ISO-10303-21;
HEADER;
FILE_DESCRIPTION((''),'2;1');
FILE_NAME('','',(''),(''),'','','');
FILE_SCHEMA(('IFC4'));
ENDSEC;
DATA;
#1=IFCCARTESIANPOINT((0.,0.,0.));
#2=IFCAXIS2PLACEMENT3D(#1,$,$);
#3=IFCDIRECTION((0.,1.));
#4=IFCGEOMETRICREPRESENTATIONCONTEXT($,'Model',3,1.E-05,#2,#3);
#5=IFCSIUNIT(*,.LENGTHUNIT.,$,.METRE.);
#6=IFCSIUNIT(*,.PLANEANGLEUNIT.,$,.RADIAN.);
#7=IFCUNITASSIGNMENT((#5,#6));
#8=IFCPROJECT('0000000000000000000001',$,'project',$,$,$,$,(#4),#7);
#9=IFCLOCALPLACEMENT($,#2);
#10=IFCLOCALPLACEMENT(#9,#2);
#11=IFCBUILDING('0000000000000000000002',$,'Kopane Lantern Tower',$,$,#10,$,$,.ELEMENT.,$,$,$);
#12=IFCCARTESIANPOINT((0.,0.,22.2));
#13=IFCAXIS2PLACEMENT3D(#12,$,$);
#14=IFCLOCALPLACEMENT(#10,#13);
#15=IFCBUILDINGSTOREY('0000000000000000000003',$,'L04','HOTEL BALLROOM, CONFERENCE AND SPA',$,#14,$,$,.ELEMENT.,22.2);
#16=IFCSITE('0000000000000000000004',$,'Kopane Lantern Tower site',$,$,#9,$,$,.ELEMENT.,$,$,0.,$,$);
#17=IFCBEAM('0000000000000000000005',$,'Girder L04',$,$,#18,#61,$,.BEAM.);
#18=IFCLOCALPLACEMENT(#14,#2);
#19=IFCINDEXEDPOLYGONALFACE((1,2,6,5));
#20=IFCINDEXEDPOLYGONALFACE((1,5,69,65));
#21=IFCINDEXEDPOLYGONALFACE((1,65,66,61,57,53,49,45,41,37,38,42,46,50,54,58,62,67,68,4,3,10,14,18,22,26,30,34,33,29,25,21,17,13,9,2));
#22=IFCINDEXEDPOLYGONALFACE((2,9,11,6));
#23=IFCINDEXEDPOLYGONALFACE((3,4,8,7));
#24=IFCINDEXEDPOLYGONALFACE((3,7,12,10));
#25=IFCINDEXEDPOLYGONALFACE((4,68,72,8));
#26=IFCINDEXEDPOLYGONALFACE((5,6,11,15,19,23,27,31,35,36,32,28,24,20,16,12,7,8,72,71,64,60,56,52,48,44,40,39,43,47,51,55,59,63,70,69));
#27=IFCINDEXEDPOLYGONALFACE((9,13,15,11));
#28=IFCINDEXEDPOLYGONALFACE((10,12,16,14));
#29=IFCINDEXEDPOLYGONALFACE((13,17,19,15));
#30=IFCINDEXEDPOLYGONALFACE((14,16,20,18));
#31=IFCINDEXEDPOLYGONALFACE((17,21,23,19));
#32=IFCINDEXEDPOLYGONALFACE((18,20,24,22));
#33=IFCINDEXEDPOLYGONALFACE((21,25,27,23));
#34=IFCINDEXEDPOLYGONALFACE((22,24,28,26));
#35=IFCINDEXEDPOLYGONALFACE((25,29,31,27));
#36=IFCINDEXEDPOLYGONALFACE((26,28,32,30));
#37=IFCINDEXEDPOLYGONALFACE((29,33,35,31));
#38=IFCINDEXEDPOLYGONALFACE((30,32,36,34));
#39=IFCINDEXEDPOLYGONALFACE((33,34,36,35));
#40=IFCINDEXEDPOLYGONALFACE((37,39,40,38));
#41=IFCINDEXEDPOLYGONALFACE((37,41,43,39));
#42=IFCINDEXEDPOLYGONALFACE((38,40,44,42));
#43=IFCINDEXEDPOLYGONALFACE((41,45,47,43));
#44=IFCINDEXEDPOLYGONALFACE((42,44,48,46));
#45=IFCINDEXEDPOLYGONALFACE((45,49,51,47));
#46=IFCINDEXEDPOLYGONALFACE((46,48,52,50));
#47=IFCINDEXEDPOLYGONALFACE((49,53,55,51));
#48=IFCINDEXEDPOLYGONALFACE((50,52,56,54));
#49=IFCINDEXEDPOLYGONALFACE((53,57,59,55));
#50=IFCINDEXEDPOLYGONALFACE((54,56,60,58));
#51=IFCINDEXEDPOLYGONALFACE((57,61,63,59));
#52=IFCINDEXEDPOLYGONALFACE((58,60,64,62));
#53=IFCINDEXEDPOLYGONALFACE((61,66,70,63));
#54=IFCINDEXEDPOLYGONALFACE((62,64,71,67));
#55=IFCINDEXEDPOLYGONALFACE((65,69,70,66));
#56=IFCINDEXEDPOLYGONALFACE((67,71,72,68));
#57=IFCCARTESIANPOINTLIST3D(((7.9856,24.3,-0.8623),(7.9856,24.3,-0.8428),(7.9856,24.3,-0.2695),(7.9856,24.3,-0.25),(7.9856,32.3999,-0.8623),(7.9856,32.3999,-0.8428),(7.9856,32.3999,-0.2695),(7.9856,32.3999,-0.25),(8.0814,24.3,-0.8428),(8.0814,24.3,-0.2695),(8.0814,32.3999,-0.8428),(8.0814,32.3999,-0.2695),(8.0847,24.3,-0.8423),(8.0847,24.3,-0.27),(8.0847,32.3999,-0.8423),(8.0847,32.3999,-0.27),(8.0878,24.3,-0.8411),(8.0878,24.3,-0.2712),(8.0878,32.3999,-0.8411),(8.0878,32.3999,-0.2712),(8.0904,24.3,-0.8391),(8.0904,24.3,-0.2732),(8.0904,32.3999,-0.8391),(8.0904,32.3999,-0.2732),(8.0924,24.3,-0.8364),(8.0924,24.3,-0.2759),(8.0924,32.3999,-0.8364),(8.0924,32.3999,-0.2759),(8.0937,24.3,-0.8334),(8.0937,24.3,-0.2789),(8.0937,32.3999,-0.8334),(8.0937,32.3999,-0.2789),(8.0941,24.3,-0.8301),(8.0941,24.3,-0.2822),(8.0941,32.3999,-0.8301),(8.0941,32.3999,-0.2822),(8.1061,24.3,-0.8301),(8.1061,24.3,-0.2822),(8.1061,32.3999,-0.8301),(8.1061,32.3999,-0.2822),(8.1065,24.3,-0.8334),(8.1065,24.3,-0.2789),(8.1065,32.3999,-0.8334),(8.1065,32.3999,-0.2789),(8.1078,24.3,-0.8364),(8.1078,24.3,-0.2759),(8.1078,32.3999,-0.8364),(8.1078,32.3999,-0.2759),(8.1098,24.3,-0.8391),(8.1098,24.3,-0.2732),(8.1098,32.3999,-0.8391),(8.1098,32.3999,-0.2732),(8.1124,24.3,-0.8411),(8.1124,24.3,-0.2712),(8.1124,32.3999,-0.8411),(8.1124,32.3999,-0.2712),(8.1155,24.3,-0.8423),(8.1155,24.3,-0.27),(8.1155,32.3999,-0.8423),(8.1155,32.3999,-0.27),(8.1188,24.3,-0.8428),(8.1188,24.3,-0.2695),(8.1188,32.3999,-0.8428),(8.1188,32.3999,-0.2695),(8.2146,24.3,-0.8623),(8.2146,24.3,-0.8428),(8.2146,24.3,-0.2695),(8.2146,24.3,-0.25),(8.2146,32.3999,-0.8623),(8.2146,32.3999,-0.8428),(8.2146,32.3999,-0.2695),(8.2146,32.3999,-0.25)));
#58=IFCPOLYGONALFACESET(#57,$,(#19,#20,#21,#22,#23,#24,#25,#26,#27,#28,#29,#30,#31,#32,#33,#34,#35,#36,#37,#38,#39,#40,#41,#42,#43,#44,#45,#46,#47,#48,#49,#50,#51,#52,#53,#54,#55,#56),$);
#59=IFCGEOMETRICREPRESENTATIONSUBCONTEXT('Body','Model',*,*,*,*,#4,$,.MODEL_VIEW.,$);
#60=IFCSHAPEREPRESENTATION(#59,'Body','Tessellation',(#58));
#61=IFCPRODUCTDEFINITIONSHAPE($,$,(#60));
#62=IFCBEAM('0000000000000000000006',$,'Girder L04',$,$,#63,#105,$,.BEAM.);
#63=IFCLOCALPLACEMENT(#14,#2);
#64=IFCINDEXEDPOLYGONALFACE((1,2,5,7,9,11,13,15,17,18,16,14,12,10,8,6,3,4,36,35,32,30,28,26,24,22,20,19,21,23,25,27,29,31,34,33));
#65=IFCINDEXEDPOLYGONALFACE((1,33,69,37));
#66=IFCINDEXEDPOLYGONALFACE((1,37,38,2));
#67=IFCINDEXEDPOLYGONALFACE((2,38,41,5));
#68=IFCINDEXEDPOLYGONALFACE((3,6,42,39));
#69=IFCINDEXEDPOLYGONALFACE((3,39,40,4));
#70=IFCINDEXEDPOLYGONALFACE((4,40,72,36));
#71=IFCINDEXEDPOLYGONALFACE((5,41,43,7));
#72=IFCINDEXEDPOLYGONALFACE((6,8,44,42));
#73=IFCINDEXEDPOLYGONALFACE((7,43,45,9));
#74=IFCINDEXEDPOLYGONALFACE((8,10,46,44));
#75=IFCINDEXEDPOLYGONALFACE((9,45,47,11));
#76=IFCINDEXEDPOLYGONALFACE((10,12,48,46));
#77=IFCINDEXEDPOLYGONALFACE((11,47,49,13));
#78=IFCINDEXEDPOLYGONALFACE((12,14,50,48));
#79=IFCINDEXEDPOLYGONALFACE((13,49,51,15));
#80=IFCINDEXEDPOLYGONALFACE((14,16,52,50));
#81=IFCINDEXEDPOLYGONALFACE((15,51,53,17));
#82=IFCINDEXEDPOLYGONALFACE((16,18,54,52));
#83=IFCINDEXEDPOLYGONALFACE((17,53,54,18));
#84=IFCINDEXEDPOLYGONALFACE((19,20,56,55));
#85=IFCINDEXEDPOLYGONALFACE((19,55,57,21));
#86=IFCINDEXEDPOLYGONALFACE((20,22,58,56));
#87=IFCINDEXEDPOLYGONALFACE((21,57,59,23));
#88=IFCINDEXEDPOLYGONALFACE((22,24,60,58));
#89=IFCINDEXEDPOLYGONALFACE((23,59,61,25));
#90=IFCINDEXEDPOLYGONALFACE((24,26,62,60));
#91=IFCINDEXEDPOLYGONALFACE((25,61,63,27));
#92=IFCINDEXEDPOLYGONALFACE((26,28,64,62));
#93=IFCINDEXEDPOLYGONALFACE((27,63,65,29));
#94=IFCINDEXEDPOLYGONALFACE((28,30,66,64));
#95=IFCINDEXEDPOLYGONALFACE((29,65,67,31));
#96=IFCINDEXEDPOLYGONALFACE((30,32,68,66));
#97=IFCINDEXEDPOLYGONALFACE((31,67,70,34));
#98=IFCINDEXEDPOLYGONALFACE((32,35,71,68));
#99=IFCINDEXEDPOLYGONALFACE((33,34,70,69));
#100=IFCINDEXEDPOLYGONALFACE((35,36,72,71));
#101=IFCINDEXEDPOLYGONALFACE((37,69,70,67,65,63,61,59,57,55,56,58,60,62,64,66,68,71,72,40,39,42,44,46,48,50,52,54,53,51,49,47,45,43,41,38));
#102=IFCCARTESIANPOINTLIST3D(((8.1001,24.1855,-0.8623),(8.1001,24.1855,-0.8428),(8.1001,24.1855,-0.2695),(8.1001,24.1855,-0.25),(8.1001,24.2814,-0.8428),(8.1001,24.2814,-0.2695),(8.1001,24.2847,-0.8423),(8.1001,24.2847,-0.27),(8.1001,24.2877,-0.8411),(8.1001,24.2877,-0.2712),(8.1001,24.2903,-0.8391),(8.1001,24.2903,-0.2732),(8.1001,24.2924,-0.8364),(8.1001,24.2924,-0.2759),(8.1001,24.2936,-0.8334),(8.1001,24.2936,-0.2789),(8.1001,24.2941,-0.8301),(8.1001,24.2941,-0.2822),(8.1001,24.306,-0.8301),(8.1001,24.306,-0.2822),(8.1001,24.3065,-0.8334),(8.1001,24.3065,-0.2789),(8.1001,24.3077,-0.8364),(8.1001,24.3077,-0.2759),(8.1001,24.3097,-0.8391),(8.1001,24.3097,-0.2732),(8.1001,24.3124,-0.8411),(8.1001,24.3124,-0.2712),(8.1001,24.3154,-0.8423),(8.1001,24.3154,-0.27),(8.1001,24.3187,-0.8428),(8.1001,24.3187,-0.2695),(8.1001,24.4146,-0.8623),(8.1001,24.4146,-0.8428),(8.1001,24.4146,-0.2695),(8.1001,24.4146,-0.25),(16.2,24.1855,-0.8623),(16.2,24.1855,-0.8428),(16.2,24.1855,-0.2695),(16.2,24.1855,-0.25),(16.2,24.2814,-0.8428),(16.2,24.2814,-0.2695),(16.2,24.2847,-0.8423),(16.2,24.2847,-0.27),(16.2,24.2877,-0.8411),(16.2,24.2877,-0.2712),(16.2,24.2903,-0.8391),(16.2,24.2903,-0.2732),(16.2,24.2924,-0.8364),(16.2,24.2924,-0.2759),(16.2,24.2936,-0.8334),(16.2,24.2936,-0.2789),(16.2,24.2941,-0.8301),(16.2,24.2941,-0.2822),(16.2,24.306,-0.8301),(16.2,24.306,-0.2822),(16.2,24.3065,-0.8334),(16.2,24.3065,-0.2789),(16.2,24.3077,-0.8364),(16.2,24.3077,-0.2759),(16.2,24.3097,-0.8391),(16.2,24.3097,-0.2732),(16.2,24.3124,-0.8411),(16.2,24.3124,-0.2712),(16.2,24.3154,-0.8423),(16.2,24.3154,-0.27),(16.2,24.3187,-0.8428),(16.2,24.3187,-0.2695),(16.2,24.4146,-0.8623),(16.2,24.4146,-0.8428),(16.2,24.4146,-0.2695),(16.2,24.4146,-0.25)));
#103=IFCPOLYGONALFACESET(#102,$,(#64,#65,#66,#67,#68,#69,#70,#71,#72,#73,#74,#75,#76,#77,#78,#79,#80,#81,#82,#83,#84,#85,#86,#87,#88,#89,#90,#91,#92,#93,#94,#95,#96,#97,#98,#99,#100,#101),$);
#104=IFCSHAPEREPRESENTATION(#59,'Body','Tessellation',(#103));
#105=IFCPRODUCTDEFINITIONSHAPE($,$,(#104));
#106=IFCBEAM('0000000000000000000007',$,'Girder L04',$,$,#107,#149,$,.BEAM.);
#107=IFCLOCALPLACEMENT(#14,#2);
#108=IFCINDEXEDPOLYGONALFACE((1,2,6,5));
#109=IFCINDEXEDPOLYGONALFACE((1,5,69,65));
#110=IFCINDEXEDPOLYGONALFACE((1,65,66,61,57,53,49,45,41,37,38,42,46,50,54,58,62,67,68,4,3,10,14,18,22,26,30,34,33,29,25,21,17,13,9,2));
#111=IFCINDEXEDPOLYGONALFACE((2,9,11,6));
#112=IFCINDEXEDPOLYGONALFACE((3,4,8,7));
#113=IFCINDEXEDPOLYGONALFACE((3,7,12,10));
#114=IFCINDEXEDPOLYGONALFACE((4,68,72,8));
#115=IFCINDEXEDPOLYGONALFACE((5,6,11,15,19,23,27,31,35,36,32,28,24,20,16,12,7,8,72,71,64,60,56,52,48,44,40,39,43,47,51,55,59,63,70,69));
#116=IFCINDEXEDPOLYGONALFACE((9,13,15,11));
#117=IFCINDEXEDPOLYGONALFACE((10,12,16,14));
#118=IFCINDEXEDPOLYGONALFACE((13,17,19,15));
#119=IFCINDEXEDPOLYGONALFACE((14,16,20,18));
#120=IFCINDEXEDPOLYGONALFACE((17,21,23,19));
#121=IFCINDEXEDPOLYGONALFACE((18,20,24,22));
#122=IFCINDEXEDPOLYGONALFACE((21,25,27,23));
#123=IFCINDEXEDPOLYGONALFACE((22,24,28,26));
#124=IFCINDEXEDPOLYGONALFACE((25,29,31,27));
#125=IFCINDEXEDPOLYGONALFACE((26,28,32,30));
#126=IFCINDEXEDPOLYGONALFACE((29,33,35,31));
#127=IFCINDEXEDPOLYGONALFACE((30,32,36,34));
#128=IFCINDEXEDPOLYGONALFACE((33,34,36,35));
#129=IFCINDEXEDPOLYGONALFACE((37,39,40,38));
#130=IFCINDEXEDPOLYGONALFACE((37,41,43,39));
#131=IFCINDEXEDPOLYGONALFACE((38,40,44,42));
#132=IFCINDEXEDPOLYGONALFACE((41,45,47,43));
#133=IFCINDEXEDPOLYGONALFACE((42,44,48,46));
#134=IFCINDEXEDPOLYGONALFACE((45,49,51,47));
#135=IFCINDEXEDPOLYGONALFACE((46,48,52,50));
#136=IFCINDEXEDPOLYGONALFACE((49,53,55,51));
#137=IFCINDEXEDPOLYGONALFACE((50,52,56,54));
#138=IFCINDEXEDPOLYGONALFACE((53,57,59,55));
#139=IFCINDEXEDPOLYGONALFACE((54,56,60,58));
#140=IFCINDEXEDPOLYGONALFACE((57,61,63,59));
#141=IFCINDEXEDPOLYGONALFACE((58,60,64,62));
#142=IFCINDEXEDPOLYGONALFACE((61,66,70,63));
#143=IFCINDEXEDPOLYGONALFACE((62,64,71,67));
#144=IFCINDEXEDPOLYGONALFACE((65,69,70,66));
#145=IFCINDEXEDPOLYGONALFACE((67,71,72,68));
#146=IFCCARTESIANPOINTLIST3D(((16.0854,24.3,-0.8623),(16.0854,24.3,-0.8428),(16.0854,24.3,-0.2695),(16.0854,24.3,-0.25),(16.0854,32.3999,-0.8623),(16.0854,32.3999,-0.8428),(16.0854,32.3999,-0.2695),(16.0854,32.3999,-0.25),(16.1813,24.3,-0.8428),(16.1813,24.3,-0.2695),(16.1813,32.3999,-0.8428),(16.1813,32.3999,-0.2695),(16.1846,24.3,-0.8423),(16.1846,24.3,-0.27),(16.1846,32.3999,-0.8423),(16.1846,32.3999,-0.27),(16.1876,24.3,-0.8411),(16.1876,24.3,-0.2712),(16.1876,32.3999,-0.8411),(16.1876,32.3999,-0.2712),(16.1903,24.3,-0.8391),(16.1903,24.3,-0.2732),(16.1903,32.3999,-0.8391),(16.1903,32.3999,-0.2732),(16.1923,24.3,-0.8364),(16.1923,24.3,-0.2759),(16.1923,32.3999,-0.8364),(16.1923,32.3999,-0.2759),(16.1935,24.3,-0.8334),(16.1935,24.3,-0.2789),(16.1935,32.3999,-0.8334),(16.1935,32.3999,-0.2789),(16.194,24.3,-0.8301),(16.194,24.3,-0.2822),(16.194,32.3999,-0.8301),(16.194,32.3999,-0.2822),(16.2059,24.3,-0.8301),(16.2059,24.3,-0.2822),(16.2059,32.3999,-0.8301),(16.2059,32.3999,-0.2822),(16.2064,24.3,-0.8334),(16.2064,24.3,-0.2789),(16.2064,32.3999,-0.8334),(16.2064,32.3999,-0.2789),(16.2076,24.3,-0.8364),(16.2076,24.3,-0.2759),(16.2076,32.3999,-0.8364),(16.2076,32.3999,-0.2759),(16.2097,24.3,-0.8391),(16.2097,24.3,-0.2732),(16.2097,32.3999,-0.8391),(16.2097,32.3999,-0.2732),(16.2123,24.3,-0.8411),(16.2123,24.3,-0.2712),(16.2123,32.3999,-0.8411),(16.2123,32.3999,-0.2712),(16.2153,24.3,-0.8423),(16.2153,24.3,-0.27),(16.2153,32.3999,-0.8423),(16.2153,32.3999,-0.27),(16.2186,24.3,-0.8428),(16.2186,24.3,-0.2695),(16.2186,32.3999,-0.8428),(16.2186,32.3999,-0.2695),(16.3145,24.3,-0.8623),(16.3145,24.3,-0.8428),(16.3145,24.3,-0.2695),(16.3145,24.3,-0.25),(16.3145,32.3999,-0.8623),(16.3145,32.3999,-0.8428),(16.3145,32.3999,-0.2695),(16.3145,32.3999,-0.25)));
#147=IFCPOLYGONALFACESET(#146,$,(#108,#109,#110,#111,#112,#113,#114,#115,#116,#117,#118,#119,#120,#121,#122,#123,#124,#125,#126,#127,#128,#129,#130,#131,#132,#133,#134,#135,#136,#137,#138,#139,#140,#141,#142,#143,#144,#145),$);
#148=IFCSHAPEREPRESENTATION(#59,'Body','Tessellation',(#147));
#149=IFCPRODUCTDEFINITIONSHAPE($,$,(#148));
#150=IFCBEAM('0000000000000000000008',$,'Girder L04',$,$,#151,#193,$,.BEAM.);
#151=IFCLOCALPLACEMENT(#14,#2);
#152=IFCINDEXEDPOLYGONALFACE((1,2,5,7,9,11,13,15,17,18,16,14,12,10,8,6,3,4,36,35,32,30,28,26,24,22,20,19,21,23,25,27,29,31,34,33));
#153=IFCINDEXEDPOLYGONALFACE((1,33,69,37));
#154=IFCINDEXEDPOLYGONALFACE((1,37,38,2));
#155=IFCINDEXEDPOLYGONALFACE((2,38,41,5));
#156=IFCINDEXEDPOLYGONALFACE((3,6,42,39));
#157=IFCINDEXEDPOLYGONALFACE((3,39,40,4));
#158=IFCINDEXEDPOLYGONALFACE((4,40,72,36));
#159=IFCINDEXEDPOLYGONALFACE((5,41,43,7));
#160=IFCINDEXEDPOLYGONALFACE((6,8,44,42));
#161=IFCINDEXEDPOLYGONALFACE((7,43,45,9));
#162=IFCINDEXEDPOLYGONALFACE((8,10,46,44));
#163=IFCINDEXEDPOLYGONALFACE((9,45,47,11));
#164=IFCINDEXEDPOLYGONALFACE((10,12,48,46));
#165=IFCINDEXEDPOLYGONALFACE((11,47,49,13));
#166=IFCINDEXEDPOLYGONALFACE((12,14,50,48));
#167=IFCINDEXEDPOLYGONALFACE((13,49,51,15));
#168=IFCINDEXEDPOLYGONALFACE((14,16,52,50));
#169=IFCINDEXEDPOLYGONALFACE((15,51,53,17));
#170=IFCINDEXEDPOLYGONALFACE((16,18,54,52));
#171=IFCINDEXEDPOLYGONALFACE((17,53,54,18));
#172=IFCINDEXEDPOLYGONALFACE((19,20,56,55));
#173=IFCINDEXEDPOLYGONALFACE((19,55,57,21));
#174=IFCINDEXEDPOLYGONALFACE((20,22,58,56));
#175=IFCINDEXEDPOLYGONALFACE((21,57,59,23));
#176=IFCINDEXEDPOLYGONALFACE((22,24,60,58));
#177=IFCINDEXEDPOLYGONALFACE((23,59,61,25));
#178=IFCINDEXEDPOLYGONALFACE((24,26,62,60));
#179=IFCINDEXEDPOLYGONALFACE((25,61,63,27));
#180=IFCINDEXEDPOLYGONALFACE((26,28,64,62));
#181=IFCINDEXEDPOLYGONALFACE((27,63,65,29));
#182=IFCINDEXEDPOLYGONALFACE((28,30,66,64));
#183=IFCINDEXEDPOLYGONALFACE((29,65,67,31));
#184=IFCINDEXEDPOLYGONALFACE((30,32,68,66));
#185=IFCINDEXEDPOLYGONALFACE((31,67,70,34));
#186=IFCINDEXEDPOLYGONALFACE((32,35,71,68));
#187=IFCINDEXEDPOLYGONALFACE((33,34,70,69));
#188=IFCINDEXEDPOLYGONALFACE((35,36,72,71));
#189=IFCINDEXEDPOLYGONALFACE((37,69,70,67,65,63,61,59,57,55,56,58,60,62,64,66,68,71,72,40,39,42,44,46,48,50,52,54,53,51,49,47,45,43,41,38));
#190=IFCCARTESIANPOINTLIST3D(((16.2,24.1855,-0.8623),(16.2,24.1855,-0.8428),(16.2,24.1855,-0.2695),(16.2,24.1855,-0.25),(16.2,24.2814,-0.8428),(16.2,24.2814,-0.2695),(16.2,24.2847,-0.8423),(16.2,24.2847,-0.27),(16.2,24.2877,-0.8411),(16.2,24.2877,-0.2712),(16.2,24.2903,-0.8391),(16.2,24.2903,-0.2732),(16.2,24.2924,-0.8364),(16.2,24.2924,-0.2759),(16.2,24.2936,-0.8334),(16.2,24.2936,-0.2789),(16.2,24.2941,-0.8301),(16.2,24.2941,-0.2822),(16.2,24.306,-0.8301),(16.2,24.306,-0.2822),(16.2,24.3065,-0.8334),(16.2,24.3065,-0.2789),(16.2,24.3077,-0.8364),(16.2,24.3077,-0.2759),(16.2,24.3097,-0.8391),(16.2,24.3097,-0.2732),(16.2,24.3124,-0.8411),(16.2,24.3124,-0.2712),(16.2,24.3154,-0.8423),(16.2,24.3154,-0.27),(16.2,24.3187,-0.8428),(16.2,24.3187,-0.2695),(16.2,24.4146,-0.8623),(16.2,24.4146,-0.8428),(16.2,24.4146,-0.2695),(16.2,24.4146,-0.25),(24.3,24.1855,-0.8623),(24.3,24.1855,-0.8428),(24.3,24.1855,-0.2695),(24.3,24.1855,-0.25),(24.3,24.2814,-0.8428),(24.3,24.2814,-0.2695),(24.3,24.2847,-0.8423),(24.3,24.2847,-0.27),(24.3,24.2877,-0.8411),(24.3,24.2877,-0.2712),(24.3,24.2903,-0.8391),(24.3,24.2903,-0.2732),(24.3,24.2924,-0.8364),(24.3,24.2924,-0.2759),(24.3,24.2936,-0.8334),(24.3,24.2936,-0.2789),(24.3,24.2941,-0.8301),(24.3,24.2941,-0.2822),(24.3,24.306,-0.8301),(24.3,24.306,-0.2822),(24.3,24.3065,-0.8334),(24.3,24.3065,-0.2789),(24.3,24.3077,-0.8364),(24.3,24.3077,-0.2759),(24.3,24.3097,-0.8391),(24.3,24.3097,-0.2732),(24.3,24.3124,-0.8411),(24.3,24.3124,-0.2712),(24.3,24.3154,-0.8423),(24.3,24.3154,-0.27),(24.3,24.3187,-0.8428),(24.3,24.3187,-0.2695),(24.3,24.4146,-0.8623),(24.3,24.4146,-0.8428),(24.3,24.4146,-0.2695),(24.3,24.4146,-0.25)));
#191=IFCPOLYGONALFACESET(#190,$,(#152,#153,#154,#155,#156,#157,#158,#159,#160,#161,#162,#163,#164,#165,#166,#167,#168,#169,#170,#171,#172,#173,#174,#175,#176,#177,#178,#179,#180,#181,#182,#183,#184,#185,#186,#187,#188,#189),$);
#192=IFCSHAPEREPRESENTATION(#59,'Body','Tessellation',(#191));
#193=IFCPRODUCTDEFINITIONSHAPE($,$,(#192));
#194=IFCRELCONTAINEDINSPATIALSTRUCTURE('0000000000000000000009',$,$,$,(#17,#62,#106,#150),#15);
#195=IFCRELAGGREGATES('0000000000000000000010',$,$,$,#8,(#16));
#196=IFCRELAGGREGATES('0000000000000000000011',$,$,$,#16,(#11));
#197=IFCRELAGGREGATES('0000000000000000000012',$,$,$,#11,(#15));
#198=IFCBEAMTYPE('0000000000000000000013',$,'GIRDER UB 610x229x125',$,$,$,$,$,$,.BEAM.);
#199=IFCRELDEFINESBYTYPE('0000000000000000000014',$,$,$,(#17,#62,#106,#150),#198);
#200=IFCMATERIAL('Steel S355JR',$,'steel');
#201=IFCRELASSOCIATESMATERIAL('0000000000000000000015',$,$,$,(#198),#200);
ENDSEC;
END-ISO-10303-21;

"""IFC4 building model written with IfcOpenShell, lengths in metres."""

from ifc_helpers import new_model, si_unit, direction, frame, origin, origin_2d, place, context, subcontext, project, spatial, i_section, extrude, material, material_profile, profile_set, type_object, element, save


model = new_model("IFC4")

# Units and contexts
model_context = context("Model", 3, precision=1e-05, world=origin(), true_north=direction((0.0, 1.0)))
body_context = subcontext(model_context, "Body", "Model", "MODEL_VIEW")
ifc_project = project(units=[si_unit("LENGTHUNIT", "METRE"), si_unit("PLANEANGLEUNIT", "RADIAN")], contexts=[model_context])

# Site, building, storey
site_placement = place(None, origin())
site = spatial("IfcSite", under=ifc_project, at=site_placement, Name="Kopane Lantern Tower site", CompositionType="ELEMENT", RefElevation=0.0)
building_placement = place(site_placement, origin())
building = spatial("IfcBuilding", under=site, at=building_placement, Name="Kopane Lantern Tower", CompositionType="ELEMENT")
storey_placement = place(building_placement, frame((0.0, 0.0, 22.2)))
storey = spatial("IfcBuildingStorey", under=building, at=storey_placement, Name="L04", Description="HOTEL BALLROOM, CONFERENCE AND SPA", CompositionType="ELEMENT", Elevation=22.2)

# Beams
ifc_material_1 = material(Name="Steel S355JR", Category="steel")
ifc_material_profile_1 = material_profile(ifc_material_1, i_section(OverallWidth=0.229, OverallDepth=0.6123, WebThickness=0.012, FlangeThickness=0.0195, FilletRadius=0.0127, at=origin_2d()), Name="UB 610x229x125")
ifc_profile_set_1 = profile_set([ifc_material_profile_1], Name="Steel S355JR")
beam_type_1 = type_object("IfcBeamType", Name="GIRDER UB 610x229x125", PredefinedType="BEAM", material=ifc_profile_set_1)
for number, where, z_axis, x_axis, name in (
    (1, (8.1001, 24.3, -0.5562), (0.0, 1.0, 0.0), (-1.0, 0.0, 0.0), "Girder L04"),
    (2, (8.1001, 24.3, -0.5562), (1.0, 0.0, 0.0), (0.0, 1.0, 0.0), "Girder L04"),
    (3, (16.2, 24.3, -0.5562), (0.0, 1.0, 0.0), (-1.0, 0.0, 0.0), "Girder L04"),
):
    element("IfcBeam", number, at=place(storey_placement, frame(where, z_axis=z_axis, x_axis=x_axis)), inside=storey, type_object=beam_type_1, Name=name, PredefinedType="BEAM", context=body_context, shape_type="SweptSolid", body=[
        extrude(i_section(OverallWidth=0.229, OverallDepth=0.6123, WebThickness=0.012, FlangeThickness=0.0195, FilletRadius=0.0127, at=origin_2d()), origin(), (0.0, 0.0, 1.0), 8.0999),
    ])
beam_1_placement = place(storey_placement, frame((16.2, 24.3, -0.5562), z_axis=(1.0, 0.0, 0.0), x_axis=(0.0, 1.0, 0.0)))
element("IfcBeam", 4, at=beam_1_placement, inside=storey, type_object=beam_type_1, Name="Girder L04", PredefinedType="BEAM", context=body_context, shape_type="SweptSolid", body=[
    extrude(i_section(OverallWidth=0.229, OverallDepth=0.6123, WebThickness=0.012, FlangeThickness=0.0195, FilletRadius=0.0127, at=origin_2d()), origin(), (0.0, 0.0, 1.0), 8.1001),
])

save(model, "model.ifc")
